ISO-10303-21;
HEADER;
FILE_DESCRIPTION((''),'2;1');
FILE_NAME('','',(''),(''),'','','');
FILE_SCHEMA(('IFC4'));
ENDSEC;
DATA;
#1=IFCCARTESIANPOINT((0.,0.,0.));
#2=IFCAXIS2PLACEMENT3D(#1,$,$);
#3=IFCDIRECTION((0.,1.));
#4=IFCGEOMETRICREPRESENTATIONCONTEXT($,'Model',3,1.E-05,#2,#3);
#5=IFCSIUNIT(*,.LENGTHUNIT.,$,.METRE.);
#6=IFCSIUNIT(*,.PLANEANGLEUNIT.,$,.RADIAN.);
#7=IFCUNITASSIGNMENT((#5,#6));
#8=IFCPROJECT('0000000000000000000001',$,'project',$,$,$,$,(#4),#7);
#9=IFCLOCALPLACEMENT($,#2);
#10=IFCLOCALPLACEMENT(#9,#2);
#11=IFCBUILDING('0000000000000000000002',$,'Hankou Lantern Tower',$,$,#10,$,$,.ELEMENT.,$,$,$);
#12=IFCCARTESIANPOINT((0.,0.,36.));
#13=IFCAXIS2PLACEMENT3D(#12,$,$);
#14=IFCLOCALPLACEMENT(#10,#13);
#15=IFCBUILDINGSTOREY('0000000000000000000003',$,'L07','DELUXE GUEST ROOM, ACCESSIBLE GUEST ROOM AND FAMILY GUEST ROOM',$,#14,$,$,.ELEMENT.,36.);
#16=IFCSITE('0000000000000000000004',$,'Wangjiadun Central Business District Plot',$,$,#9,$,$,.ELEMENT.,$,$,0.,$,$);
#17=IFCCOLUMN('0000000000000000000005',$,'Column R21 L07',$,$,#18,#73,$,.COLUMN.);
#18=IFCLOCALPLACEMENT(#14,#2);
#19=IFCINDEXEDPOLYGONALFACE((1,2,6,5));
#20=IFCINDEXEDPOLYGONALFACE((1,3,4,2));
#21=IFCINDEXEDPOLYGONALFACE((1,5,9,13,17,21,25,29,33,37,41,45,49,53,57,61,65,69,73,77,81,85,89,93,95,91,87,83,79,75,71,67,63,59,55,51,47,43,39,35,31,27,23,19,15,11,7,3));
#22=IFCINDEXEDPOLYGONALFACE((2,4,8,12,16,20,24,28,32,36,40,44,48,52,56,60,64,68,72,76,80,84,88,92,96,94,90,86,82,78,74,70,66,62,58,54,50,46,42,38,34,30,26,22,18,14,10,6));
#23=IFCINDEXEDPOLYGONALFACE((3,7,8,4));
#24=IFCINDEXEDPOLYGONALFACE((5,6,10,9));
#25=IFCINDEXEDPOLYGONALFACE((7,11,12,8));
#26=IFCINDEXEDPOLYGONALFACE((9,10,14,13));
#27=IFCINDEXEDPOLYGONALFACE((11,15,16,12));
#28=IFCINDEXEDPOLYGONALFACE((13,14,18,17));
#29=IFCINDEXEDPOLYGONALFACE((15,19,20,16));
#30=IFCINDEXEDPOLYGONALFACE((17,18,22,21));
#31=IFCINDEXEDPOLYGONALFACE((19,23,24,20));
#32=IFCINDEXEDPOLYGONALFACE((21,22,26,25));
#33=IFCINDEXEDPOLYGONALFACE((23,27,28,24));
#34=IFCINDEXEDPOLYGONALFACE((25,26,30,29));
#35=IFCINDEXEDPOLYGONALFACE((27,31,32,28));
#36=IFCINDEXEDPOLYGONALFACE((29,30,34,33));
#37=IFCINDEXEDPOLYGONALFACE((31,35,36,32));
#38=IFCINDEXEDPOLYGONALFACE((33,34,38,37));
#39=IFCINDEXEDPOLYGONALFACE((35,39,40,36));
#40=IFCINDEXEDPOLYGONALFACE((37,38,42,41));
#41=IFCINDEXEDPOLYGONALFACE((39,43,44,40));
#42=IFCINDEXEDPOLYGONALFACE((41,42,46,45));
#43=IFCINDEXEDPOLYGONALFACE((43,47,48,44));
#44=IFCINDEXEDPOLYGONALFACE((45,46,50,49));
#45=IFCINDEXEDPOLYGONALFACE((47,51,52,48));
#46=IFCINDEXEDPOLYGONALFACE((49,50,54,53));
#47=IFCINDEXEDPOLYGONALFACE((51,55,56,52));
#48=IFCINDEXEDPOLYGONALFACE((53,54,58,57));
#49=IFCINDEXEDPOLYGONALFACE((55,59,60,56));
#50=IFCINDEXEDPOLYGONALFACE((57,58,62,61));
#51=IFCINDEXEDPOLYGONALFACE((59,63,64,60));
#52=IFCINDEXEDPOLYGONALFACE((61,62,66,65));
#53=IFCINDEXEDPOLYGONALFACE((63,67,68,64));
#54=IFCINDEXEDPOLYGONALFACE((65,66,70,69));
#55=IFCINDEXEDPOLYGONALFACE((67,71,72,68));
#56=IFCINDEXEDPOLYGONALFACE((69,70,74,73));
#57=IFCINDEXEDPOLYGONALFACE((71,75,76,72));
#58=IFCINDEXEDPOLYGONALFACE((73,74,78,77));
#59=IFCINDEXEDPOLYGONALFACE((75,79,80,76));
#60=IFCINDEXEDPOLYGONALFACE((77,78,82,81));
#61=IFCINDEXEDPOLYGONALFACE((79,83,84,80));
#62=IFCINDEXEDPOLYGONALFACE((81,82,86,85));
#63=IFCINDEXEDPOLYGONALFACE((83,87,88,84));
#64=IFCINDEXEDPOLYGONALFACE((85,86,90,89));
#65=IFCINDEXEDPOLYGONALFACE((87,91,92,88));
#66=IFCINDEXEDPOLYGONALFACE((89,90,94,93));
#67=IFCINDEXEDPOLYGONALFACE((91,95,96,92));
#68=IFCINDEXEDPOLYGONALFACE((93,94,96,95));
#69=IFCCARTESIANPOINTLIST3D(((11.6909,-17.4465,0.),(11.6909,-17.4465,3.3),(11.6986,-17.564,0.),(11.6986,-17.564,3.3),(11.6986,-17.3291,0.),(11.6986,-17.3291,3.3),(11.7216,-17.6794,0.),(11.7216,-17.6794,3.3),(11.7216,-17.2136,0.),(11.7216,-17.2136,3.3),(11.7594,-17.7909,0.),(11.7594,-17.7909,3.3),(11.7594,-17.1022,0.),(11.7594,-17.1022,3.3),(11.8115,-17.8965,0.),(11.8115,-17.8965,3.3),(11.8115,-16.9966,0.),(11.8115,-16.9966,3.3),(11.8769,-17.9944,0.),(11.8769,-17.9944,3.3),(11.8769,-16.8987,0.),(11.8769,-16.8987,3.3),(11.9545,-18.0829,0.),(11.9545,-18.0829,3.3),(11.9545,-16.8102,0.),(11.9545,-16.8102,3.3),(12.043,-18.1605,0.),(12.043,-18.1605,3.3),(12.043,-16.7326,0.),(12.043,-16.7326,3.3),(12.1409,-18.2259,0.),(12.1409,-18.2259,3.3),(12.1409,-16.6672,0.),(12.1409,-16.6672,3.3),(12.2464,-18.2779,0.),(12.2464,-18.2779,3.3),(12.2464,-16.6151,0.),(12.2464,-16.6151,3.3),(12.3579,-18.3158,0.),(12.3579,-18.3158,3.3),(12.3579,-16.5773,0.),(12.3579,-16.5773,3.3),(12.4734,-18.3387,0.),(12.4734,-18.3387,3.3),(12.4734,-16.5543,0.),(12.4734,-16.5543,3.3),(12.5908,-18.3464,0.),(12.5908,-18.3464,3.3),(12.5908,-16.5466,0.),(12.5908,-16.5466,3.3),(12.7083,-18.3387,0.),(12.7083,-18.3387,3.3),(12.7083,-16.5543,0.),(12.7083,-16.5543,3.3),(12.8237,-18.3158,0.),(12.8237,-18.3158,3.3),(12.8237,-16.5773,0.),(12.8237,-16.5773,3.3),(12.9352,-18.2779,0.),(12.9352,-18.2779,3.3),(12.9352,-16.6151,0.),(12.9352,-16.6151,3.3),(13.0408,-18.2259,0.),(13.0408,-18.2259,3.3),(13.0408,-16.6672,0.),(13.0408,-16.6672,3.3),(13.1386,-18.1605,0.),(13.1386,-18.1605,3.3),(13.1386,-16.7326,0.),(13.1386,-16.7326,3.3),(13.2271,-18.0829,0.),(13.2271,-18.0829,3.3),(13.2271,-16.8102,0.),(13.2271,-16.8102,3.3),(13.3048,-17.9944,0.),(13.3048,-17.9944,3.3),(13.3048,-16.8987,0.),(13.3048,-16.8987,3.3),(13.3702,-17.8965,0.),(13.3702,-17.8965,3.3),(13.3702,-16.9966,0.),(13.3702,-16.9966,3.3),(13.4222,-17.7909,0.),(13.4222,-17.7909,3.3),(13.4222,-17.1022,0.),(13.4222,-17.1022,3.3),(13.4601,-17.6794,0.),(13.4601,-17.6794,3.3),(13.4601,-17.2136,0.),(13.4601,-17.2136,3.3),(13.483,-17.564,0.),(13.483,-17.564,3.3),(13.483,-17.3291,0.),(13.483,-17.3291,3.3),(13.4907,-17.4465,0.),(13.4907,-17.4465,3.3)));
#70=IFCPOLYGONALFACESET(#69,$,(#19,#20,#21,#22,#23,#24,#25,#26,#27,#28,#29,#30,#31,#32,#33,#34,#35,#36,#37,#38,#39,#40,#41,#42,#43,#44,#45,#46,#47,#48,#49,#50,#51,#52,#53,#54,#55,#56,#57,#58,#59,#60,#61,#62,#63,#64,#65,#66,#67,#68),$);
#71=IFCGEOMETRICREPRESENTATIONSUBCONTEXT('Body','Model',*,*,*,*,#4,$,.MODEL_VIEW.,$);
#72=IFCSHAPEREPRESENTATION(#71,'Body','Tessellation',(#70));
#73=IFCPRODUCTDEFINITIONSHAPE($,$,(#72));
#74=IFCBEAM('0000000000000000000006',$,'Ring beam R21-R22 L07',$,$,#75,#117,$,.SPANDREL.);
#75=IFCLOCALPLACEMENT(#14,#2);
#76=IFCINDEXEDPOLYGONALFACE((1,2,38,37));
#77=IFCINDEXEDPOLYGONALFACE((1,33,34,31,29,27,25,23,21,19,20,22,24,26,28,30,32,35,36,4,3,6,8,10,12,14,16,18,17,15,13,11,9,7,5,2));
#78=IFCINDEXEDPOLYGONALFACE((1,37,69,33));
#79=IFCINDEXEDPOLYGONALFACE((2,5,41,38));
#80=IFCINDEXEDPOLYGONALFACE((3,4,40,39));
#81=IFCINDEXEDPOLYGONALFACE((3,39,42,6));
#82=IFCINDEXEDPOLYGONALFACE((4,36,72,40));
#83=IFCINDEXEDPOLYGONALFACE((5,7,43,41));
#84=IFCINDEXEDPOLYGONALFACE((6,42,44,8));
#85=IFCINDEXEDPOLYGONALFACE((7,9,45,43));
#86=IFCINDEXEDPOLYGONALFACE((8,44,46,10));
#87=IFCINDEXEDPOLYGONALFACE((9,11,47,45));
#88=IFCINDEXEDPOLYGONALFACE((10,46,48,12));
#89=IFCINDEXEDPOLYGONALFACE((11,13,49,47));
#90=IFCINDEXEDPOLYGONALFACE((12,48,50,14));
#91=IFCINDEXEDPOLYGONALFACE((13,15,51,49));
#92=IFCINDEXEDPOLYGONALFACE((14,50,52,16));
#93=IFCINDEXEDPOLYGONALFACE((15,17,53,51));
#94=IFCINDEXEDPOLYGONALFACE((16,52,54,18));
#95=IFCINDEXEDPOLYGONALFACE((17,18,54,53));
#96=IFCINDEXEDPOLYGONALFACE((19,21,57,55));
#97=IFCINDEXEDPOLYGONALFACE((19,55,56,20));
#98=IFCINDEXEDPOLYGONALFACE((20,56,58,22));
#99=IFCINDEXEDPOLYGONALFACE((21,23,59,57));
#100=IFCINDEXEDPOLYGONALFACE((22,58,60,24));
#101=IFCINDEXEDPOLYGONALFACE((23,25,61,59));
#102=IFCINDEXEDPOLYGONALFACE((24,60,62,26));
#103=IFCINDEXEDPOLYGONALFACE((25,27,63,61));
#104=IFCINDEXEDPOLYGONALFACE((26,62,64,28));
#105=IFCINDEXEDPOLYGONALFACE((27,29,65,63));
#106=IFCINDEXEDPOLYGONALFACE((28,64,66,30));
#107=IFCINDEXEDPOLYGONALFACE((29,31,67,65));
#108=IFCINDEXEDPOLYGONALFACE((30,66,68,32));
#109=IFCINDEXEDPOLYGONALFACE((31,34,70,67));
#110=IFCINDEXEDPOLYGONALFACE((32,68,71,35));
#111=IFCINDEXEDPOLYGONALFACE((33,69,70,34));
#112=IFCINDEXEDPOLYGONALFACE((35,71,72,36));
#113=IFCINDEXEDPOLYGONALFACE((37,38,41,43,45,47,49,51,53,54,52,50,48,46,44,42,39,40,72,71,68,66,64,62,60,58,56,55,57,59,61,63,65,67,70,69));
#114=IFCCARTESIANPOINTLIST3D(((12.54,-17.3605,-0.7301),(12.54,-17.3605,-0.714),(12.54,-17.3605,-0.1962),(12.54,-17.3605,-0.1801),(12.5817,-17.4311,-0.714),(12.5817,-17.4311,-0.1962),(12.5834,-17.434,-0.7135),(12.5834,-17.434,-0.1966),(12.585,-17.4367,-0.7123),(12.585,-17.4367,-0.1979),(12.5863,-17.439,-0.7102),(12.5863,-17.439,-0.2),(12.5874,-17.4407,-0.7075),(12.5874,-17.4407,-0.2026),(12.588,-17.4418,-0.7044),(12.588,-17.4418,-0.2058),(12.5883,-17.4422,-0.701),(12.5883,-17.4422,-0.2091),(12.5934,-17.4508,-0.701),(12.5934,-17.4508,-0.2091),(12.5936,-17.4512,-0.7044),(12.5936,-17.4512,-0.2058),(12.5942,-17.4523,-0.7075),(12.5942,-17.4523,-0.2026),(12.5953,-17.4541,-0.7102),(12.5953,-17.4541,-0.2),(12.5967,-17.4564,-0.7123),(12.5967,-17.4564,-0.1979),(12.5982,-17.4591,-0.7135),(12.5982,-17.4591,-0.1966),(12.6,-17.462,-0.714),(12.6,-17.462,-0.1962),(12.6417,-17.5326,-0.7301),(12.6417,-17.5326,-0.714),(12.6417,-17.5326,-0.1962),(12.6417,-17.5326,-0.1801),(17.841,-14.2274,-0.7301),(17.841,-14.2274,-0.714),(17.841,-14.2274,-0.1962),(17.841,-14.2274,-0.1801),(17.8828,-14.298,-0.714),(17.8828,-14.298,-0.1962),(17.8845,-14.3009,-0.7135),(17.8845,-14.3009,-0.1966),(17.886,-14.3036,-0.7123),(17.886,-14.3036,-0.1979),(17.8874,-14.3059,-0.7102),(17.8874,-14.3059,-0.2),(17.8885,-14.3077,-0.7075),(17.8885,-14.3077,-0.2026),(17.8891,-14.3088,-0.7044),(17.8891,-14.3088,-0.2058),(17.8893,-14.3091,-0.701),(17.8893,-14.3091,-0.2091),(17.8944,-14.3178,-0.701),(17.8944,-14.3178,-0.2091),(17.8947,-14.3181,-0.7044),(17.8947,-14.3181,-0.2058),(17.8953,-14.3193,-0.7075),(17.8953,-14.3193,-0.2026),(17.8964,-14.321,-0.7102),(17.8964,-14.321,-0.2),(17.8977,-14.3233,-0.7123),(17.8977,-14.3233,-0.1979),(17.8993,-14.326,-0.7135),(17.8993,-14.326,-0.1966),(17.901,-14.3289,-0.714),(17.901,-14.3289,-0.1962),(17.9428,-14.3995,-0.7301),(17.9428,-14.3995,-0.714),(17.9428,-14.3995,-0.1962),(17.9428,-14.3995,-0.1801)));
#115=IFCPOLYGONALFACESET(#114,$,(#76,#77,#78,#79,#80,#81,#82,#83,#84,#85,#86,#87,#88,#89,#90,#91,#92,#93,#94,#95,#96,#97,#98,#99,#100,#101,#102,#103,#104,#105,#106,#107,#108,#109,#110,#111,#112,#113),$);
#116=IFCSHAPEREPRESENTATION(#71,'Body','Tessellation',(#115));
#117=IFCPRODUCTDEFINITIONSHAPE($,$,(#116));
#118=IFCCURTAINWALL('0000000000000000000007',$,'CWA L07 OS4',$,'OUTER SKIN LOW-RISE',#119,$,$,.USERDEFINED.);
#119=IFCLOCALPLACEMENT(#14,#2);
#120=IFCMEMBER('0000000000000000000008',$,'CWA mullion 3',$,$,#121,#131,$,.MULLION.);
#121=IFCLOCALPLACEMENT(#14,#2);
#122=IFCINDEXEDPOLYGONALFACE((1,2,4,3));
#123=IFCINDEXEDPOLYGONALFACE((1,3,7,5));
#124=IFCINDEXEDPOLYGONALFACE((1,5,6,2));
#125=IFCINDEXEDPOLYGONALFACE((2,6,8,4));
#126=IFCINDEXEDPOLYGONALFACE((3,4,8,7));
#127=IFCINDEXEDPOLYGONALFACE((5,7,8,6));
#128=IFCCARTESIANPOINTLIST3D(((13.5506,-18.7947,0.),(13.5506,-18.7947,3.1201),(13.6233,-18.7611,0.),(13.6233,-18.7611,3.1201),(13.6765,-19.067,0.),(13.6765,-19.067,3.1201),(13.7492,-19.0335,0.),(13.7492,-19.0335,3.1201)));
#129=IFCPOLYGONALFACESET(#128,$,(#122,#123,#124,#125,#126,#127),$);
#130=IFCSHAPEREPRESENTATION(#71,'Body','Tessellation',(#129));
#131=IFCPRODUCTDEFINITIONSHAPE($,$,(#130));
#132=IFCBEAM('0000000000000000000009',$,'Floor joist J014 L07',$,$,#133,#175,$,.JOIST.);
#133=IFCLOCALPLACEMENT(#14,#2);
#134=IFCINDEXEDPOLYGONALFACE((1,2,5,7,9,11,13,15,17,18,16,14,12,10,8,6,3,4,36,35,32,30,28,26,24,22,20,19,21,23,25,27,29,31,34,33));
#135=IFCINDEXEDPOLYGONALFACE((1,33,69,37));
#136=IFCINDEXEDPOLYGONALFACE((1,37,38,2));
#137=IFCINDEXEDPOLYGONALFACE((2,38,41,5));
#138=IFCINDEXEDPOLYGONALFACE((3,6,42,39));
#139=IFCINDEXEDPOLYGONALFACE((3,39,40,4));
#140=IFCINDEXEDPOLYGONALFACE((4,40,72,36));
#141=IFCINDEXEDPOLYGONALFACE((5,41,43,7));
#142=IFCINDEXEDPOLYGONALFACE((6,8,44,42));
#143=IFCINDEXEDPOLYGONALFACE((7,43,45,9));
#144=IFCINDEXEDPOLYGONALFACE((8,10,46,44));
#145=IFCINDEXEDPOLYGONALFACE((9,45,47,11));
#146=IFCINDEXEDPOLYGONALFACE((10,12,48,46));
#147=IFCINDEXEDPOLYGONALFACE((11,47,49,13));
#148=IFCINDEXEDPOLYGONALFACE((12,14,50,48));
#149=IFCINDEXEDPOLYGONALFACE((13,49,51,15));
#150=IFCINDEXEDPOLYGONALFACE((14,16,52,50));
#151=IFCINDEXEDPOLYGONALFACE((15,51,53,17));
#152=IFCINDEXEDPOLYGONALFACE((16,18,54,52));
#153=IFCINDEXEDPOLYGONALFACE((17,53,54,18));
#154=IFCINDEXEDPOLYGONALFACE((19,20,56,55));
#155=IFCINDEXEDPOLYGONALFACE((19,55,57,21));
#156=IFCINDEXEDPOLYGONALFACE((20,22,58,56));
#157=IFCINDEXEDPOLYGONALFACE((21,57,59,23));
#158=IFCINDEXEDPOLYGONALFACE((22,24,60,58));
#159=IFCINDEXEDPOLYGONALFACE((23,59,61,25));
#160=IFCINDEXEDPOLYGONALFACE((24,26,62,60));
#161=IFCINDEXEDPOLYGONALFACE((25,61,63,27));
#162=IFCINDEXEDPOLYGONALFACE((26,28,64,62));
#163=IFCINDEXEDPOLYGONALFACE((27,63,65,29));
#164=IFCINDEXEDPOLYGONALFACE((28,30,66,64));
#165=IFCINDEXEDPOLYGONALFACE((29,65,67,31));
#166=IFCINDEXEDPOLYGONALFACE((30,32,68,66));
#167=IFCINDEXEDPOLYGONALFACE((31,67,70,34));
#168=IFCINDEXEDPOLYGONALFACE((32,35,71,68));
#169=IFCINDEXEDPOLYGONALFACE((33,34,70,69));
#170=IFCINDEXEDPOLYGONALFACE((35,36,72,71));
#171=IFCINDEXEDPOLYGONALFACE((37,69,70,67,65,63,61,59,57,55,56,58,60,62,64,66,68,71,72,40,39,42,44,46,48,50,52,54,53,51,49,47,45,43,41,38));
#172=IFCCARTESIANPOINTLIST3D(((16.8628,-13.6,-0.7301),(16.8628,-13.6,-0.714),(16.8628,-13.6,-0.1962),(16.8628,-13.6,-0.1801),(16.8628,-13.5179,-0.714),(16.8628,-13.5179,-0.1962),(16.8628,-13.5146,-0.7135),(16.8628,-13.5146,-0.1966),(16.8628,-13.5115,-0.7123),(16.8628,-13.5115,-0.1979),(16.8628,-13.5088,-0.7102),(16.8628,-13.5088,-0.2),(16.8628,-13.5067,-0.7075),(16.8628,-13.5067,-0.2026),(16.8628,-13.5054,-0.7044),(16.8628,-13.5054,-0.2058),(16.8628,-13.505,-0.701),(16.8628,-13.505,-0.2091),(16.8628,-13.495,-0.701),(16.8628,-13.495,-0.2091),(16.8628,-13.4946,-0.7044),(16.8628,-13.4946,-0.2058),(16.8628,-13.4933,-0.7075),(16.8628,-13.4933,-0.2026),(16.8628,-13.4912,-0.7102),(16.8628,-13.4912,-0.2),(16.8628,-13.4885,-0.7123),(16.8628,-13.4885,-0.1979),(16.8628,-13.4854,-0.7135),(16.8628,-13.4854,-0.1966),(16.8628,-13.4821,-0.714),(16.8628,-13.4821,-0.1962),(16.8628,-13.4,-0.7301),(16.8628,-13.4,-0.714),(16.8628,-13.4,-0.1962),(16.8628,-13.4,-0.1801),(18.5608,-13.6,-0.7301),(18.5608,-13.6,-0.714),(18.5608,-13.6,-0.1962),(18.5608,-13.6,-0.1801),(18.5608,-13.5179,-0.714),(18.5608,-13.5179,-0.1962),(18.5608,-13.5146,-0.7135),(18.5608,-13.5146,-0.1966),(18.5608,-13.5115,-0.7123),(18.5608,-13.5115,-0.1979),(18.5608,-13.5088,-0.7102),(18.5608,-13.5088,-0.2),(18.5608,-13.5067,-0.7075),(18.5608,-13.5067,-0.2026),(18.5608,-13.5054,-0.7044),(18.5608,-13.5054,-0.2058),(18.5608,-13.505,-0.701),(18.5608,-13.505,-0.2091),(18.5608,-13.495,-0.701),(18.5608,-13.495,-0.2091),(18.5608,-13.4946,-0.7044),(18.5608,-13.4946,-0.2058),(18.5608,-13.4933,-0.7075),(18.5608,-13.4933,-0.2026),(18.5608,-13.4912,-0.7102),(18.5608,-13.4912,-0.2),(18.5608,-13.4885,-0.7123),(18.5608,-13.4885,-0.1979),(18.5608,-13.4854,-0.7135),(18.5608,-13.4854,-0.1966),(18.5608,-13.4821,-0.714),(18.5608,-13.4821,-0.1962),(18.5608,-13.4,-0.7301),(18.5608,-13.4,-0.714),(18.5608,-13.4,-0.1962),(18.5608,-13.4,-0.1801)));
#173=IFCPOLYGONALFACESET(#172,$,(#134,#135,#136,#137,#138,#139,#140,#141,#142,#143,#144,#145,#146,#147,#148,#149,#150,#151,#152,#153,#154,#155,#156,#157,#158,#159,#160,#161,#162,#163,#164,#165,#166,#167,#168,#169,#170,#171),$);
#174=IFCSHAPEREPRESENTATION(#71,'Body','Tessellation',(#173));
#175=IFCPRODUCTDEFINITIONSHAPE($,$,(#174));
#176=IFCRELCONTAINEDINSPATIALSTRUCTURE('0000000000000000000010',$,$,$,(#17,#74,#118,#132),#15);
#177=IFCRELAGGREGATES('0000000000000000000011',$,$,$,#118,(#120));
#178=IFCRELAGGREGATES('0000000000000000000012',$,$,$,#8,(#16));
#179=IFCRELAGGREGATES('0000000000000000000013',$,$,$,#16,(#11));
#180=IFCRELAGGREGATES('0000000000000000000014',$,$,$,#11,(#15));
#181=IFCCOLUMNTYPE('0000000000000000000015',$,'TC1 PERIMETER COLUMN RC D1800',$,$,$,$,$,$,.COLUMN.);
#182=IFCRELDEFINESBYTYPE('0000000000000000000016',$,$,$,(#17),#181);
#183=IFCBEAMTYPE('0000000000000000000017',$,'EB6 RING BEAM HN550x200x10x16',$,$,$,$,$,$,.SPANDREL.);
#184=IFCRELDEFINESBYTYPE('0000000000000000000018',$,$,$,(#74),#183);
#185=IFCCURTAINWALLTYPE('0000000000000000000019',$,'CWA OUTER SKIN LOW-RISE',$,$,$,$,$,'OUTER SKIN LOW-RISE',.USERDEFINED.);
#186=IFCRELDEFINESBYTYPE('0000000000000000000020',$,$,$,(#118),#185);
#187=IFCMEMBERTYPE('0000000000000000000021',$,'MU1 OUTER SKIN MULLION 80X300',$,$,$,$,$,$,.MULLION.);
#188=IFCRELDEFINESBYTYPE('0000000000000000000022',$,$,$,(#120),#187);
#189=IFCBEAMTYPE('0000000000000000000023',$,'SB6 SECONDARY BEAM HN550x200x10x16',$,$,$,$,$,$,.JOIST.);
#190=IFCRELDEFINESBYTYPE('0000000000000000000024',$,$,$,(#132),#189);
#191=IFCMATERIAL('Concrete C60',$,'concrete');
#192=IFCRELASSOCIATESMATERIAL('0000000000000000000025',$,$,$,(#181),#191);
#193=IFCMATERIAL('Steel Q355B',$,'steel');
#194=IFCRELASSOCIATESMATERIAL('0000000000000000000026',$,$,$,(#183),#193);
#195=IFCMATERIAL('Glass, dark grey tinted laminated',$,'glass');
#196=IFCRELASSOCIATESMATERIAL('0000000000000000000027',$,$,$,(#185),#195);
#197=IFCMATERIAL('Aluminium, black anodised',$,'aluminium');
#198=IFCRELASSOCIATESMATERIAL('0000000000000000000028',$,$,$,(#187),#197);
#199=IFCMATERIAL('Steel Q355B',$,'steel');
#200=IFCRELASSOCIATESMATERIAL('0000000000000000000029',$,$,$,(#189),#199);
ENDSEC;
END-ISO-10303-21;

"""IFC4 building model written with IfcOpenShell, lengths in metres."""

from ifc_helpers import new_model, si_unit, direction, frame, origin, origin_2d, place, context, subcontext, project, spatial, rectangle, circle, i_section, extrude, material, material_profile, profile_set, type_object, element, aggregate, save


model = new_model("IFC4")

# Units and contexts
model_context = context("Model", 3, precision=1e-05, world=origin(), true_north=direction((0.0, 1.0)))
body_context = subcontext(model_context, "Body", "Model", "MODEL_VIEW")
ifc_project = project(units=[si_unit("LENGTHUNIT", "METRE"), si_unit("PLANEANGLEUNIT", "RADIAN")], contexts=[model_context])

# Site, building, storey
site_placement = place(None, origin())
site = spatial("IfcSite", under=ifc_project, at=site_placement, Name="Wangjiadun Central Business District Plot", CompositionType="ELEMENT", RefElevation=0.0)
building_placement = place(site_placement, origin())
building = spatial("IfcBuilding", under=site, at=building_placement, Name="Hankou Lantern Tower", CompositionType="ELEMENT")
storey_placement = place(building_placement, frame((0.0, 0.0, 36.0)))
storey = spatial("IfcBuildingStorey", under=building, at=storey_placement, Name="L07", Description="DELUXE GUEST ROOM, ACCESSIBLE GUEST ROOM AND FAMILY GUEST ROOM", CompositionType="ELEMENT", Elevation=36.0)

# Column
ifc_material_1 = material(Name="Concrete C60", Category="concrete")
ifc_material_profile_1 = material_profile(ifc_material_1, circle(Radius=0.8999, at=origin_2d()), Name="RC D1800")
ifc_profile_set_1 = profile_set([ifc_material_profile_1], Name="Concrete C60")
column_type = type_object("IfcColumnType", Name="TC1 PERIMETER COLUMN RC D1800", PredefinedType="COLUMN", material=ifc_profile_set_1)
column_placement = place(storey_placement, frame((12.5908, -17.4465, 0.0), z_axis=(0.0, 0.0, 1.0), x_axis=(1.0, 0.0, 0.0)))
element("IfcColumn", 1, at=column_placement, inside=storey, type_object=column_type, Name="Column R21 L07", PredefinedType="COLUMN", context=body_context, shape_type="SweptSolid", body=[
    extrude(circle(Radius=0.8999, at=origin_2d()), origin(), (0.0, 0.0, 1.0), 3.3),
])

# Beam
ifc_material_2 = material(Name="Steel Q355B", Category="steel")
ifc_material_profile_2 = material_profile(ifc_material_2, i_section(OverallWidth=0.2, OverallDepth=0.55, WebThickness=0.01, FlangeThickness=0.0161, FilletRadius=0.0129, at=origin_2d()), Name="HN550x200x10x16")
ifc_profile_set_2 = profile_set([ifc_material_profile_2], Name="Steel Q355B")
beam_type_1 = type_object("IfcBeamType", Name="EB6 RING BEAM HN550x200x10x16", PredefinedType="SPANDREL", material=ifc_profile_set_2)
beam_1_placement = place(storey_placement, frame((12.5908, -17.4465, -0.4551), z_axis=(0.860882, 0.508805, 0.0), x_axis=(-0.508805, 0.860882, 0.0)))
element("IfcBeam", 2, at=beam_1_placement, inside=storey, type_object=beam_type_1, Name="Ring beam R21-R22 L07", PredefinedType="SPANDREL", context=body_context, shape_type="SweptSolid", body=[
    extrude(i_section(OverallWidth=0.2, OverallDepth=0.55, WebThickness=0.01, FlangeThickness=0.0161, FilletRadius=0.0129, at=origin_2d()), origin(), (0.0, 0.0, 1.0), 6.1577),
])

# Curtain wall, member
ifc_material_3 = material(Name="Glass, dark grey tinted laminated", Category="glass")
curtain_wall_type = type_object("IfcCurtainWallType", Name="CWA OUTER SKIN LOW-RISE", ElementType="OUTER SKIN LOW-RISE", PredefinedType="USERDEFINED", material=ifc_material_3)
curtain_wall_placement = place(storey_placement, origin())
curtain_wall = element("IfcCurtainWall", 3, at=curtain_wall_placement, inside=storey, type_object=curtain_wall_type, Name="CWA L07 OS4", ObjectType="OUTER SKIN LOW-RISE", PredefinedType="USERDEFINED")
ifc_material_4 = material(Name="Aluminium, black anodised", Category="aluminium")
ifc_material_profile_3 = material_profile(ifc_material_4, rectangle(XDim=0.0801, YDim=0.3, at=origin_2d()), Name="MU1 80X300")
ifc_profile_set_3 = profile_set([ifc_material_profile_3], Name="Aluminium, black anodised")
member_type_1 = type_object("IfcMemberType", Name="MU1 OUTER SKIN MULLION 80X300", PredefinedType="MULLION", material=ifc_profile_set_3)
member_1_placement = place(storey_placement, frame((13.6499, -18.9141, 0.0), z_axis=(0.0, 0.0, 1.0), x_axis=(0.907841, 0.419314, 0.0)))
member_1 = element("IfcMember", 4, at=member_1_placement, type_object=member_type_1, Name="CWA mullion 3", PredefinedType="MULLION", context=body_context, shape_type="SweptSolid", body=[
    extrude(rectangle(XDim=0.0801, YDim=0.3, at=origin_2d()), origin(), (0.0, 0.0, 1.0), 3.1201),
])

# Beam
ifc_material_5 = material(Name="Steel Q355B", Category="steel")
ifc_material_profile_4 = material_profile(ifc_material_5, i_section(OverallWidth=0.2, OverallDepth=0.55, WebThickness=0.01, FlangeThickness=0.0161, FilletRadius=0.0129, at=origin_2d()), Name="HN550x200x10x16")
ifc_profile_set_4 = profile_set([ifc_material_profile_4], Name="Steel Q355B")
beam_type_2 = type_object("IfcBeamType", Name="SB6 SECONDARY BEAM HN550x200x10x16", PredefinedType="JOIST", material=ifc_profile_set_4)
beam_2_placement = place(storey_placement, frame((16.8628, -13.5, -0.4551), z_axis=(1.0, 0.0, 0.0), x_axis=(0.0, 1.0, 0.0)))
element("IfcBeam", 5, at=beam_2_placement, inside=storey, type_object=beam_type_2, Name="Floor joist J014 L07", PredefinedType="JOIST", context=body_context, shape_type="SweptSolid", body=[
    extrude(i_section(OverallWidth=0.2, OverallDepth=0.55, WebThickness=0.01, FlangeThickness=0.0161, FilletRadius=0.0129, at=origin_2d()), origin(), (0.0, 0.0, 1.0), 1.698),
])

aggregate(curtain_wall, [member_1])

save(model, "model.ifc")
